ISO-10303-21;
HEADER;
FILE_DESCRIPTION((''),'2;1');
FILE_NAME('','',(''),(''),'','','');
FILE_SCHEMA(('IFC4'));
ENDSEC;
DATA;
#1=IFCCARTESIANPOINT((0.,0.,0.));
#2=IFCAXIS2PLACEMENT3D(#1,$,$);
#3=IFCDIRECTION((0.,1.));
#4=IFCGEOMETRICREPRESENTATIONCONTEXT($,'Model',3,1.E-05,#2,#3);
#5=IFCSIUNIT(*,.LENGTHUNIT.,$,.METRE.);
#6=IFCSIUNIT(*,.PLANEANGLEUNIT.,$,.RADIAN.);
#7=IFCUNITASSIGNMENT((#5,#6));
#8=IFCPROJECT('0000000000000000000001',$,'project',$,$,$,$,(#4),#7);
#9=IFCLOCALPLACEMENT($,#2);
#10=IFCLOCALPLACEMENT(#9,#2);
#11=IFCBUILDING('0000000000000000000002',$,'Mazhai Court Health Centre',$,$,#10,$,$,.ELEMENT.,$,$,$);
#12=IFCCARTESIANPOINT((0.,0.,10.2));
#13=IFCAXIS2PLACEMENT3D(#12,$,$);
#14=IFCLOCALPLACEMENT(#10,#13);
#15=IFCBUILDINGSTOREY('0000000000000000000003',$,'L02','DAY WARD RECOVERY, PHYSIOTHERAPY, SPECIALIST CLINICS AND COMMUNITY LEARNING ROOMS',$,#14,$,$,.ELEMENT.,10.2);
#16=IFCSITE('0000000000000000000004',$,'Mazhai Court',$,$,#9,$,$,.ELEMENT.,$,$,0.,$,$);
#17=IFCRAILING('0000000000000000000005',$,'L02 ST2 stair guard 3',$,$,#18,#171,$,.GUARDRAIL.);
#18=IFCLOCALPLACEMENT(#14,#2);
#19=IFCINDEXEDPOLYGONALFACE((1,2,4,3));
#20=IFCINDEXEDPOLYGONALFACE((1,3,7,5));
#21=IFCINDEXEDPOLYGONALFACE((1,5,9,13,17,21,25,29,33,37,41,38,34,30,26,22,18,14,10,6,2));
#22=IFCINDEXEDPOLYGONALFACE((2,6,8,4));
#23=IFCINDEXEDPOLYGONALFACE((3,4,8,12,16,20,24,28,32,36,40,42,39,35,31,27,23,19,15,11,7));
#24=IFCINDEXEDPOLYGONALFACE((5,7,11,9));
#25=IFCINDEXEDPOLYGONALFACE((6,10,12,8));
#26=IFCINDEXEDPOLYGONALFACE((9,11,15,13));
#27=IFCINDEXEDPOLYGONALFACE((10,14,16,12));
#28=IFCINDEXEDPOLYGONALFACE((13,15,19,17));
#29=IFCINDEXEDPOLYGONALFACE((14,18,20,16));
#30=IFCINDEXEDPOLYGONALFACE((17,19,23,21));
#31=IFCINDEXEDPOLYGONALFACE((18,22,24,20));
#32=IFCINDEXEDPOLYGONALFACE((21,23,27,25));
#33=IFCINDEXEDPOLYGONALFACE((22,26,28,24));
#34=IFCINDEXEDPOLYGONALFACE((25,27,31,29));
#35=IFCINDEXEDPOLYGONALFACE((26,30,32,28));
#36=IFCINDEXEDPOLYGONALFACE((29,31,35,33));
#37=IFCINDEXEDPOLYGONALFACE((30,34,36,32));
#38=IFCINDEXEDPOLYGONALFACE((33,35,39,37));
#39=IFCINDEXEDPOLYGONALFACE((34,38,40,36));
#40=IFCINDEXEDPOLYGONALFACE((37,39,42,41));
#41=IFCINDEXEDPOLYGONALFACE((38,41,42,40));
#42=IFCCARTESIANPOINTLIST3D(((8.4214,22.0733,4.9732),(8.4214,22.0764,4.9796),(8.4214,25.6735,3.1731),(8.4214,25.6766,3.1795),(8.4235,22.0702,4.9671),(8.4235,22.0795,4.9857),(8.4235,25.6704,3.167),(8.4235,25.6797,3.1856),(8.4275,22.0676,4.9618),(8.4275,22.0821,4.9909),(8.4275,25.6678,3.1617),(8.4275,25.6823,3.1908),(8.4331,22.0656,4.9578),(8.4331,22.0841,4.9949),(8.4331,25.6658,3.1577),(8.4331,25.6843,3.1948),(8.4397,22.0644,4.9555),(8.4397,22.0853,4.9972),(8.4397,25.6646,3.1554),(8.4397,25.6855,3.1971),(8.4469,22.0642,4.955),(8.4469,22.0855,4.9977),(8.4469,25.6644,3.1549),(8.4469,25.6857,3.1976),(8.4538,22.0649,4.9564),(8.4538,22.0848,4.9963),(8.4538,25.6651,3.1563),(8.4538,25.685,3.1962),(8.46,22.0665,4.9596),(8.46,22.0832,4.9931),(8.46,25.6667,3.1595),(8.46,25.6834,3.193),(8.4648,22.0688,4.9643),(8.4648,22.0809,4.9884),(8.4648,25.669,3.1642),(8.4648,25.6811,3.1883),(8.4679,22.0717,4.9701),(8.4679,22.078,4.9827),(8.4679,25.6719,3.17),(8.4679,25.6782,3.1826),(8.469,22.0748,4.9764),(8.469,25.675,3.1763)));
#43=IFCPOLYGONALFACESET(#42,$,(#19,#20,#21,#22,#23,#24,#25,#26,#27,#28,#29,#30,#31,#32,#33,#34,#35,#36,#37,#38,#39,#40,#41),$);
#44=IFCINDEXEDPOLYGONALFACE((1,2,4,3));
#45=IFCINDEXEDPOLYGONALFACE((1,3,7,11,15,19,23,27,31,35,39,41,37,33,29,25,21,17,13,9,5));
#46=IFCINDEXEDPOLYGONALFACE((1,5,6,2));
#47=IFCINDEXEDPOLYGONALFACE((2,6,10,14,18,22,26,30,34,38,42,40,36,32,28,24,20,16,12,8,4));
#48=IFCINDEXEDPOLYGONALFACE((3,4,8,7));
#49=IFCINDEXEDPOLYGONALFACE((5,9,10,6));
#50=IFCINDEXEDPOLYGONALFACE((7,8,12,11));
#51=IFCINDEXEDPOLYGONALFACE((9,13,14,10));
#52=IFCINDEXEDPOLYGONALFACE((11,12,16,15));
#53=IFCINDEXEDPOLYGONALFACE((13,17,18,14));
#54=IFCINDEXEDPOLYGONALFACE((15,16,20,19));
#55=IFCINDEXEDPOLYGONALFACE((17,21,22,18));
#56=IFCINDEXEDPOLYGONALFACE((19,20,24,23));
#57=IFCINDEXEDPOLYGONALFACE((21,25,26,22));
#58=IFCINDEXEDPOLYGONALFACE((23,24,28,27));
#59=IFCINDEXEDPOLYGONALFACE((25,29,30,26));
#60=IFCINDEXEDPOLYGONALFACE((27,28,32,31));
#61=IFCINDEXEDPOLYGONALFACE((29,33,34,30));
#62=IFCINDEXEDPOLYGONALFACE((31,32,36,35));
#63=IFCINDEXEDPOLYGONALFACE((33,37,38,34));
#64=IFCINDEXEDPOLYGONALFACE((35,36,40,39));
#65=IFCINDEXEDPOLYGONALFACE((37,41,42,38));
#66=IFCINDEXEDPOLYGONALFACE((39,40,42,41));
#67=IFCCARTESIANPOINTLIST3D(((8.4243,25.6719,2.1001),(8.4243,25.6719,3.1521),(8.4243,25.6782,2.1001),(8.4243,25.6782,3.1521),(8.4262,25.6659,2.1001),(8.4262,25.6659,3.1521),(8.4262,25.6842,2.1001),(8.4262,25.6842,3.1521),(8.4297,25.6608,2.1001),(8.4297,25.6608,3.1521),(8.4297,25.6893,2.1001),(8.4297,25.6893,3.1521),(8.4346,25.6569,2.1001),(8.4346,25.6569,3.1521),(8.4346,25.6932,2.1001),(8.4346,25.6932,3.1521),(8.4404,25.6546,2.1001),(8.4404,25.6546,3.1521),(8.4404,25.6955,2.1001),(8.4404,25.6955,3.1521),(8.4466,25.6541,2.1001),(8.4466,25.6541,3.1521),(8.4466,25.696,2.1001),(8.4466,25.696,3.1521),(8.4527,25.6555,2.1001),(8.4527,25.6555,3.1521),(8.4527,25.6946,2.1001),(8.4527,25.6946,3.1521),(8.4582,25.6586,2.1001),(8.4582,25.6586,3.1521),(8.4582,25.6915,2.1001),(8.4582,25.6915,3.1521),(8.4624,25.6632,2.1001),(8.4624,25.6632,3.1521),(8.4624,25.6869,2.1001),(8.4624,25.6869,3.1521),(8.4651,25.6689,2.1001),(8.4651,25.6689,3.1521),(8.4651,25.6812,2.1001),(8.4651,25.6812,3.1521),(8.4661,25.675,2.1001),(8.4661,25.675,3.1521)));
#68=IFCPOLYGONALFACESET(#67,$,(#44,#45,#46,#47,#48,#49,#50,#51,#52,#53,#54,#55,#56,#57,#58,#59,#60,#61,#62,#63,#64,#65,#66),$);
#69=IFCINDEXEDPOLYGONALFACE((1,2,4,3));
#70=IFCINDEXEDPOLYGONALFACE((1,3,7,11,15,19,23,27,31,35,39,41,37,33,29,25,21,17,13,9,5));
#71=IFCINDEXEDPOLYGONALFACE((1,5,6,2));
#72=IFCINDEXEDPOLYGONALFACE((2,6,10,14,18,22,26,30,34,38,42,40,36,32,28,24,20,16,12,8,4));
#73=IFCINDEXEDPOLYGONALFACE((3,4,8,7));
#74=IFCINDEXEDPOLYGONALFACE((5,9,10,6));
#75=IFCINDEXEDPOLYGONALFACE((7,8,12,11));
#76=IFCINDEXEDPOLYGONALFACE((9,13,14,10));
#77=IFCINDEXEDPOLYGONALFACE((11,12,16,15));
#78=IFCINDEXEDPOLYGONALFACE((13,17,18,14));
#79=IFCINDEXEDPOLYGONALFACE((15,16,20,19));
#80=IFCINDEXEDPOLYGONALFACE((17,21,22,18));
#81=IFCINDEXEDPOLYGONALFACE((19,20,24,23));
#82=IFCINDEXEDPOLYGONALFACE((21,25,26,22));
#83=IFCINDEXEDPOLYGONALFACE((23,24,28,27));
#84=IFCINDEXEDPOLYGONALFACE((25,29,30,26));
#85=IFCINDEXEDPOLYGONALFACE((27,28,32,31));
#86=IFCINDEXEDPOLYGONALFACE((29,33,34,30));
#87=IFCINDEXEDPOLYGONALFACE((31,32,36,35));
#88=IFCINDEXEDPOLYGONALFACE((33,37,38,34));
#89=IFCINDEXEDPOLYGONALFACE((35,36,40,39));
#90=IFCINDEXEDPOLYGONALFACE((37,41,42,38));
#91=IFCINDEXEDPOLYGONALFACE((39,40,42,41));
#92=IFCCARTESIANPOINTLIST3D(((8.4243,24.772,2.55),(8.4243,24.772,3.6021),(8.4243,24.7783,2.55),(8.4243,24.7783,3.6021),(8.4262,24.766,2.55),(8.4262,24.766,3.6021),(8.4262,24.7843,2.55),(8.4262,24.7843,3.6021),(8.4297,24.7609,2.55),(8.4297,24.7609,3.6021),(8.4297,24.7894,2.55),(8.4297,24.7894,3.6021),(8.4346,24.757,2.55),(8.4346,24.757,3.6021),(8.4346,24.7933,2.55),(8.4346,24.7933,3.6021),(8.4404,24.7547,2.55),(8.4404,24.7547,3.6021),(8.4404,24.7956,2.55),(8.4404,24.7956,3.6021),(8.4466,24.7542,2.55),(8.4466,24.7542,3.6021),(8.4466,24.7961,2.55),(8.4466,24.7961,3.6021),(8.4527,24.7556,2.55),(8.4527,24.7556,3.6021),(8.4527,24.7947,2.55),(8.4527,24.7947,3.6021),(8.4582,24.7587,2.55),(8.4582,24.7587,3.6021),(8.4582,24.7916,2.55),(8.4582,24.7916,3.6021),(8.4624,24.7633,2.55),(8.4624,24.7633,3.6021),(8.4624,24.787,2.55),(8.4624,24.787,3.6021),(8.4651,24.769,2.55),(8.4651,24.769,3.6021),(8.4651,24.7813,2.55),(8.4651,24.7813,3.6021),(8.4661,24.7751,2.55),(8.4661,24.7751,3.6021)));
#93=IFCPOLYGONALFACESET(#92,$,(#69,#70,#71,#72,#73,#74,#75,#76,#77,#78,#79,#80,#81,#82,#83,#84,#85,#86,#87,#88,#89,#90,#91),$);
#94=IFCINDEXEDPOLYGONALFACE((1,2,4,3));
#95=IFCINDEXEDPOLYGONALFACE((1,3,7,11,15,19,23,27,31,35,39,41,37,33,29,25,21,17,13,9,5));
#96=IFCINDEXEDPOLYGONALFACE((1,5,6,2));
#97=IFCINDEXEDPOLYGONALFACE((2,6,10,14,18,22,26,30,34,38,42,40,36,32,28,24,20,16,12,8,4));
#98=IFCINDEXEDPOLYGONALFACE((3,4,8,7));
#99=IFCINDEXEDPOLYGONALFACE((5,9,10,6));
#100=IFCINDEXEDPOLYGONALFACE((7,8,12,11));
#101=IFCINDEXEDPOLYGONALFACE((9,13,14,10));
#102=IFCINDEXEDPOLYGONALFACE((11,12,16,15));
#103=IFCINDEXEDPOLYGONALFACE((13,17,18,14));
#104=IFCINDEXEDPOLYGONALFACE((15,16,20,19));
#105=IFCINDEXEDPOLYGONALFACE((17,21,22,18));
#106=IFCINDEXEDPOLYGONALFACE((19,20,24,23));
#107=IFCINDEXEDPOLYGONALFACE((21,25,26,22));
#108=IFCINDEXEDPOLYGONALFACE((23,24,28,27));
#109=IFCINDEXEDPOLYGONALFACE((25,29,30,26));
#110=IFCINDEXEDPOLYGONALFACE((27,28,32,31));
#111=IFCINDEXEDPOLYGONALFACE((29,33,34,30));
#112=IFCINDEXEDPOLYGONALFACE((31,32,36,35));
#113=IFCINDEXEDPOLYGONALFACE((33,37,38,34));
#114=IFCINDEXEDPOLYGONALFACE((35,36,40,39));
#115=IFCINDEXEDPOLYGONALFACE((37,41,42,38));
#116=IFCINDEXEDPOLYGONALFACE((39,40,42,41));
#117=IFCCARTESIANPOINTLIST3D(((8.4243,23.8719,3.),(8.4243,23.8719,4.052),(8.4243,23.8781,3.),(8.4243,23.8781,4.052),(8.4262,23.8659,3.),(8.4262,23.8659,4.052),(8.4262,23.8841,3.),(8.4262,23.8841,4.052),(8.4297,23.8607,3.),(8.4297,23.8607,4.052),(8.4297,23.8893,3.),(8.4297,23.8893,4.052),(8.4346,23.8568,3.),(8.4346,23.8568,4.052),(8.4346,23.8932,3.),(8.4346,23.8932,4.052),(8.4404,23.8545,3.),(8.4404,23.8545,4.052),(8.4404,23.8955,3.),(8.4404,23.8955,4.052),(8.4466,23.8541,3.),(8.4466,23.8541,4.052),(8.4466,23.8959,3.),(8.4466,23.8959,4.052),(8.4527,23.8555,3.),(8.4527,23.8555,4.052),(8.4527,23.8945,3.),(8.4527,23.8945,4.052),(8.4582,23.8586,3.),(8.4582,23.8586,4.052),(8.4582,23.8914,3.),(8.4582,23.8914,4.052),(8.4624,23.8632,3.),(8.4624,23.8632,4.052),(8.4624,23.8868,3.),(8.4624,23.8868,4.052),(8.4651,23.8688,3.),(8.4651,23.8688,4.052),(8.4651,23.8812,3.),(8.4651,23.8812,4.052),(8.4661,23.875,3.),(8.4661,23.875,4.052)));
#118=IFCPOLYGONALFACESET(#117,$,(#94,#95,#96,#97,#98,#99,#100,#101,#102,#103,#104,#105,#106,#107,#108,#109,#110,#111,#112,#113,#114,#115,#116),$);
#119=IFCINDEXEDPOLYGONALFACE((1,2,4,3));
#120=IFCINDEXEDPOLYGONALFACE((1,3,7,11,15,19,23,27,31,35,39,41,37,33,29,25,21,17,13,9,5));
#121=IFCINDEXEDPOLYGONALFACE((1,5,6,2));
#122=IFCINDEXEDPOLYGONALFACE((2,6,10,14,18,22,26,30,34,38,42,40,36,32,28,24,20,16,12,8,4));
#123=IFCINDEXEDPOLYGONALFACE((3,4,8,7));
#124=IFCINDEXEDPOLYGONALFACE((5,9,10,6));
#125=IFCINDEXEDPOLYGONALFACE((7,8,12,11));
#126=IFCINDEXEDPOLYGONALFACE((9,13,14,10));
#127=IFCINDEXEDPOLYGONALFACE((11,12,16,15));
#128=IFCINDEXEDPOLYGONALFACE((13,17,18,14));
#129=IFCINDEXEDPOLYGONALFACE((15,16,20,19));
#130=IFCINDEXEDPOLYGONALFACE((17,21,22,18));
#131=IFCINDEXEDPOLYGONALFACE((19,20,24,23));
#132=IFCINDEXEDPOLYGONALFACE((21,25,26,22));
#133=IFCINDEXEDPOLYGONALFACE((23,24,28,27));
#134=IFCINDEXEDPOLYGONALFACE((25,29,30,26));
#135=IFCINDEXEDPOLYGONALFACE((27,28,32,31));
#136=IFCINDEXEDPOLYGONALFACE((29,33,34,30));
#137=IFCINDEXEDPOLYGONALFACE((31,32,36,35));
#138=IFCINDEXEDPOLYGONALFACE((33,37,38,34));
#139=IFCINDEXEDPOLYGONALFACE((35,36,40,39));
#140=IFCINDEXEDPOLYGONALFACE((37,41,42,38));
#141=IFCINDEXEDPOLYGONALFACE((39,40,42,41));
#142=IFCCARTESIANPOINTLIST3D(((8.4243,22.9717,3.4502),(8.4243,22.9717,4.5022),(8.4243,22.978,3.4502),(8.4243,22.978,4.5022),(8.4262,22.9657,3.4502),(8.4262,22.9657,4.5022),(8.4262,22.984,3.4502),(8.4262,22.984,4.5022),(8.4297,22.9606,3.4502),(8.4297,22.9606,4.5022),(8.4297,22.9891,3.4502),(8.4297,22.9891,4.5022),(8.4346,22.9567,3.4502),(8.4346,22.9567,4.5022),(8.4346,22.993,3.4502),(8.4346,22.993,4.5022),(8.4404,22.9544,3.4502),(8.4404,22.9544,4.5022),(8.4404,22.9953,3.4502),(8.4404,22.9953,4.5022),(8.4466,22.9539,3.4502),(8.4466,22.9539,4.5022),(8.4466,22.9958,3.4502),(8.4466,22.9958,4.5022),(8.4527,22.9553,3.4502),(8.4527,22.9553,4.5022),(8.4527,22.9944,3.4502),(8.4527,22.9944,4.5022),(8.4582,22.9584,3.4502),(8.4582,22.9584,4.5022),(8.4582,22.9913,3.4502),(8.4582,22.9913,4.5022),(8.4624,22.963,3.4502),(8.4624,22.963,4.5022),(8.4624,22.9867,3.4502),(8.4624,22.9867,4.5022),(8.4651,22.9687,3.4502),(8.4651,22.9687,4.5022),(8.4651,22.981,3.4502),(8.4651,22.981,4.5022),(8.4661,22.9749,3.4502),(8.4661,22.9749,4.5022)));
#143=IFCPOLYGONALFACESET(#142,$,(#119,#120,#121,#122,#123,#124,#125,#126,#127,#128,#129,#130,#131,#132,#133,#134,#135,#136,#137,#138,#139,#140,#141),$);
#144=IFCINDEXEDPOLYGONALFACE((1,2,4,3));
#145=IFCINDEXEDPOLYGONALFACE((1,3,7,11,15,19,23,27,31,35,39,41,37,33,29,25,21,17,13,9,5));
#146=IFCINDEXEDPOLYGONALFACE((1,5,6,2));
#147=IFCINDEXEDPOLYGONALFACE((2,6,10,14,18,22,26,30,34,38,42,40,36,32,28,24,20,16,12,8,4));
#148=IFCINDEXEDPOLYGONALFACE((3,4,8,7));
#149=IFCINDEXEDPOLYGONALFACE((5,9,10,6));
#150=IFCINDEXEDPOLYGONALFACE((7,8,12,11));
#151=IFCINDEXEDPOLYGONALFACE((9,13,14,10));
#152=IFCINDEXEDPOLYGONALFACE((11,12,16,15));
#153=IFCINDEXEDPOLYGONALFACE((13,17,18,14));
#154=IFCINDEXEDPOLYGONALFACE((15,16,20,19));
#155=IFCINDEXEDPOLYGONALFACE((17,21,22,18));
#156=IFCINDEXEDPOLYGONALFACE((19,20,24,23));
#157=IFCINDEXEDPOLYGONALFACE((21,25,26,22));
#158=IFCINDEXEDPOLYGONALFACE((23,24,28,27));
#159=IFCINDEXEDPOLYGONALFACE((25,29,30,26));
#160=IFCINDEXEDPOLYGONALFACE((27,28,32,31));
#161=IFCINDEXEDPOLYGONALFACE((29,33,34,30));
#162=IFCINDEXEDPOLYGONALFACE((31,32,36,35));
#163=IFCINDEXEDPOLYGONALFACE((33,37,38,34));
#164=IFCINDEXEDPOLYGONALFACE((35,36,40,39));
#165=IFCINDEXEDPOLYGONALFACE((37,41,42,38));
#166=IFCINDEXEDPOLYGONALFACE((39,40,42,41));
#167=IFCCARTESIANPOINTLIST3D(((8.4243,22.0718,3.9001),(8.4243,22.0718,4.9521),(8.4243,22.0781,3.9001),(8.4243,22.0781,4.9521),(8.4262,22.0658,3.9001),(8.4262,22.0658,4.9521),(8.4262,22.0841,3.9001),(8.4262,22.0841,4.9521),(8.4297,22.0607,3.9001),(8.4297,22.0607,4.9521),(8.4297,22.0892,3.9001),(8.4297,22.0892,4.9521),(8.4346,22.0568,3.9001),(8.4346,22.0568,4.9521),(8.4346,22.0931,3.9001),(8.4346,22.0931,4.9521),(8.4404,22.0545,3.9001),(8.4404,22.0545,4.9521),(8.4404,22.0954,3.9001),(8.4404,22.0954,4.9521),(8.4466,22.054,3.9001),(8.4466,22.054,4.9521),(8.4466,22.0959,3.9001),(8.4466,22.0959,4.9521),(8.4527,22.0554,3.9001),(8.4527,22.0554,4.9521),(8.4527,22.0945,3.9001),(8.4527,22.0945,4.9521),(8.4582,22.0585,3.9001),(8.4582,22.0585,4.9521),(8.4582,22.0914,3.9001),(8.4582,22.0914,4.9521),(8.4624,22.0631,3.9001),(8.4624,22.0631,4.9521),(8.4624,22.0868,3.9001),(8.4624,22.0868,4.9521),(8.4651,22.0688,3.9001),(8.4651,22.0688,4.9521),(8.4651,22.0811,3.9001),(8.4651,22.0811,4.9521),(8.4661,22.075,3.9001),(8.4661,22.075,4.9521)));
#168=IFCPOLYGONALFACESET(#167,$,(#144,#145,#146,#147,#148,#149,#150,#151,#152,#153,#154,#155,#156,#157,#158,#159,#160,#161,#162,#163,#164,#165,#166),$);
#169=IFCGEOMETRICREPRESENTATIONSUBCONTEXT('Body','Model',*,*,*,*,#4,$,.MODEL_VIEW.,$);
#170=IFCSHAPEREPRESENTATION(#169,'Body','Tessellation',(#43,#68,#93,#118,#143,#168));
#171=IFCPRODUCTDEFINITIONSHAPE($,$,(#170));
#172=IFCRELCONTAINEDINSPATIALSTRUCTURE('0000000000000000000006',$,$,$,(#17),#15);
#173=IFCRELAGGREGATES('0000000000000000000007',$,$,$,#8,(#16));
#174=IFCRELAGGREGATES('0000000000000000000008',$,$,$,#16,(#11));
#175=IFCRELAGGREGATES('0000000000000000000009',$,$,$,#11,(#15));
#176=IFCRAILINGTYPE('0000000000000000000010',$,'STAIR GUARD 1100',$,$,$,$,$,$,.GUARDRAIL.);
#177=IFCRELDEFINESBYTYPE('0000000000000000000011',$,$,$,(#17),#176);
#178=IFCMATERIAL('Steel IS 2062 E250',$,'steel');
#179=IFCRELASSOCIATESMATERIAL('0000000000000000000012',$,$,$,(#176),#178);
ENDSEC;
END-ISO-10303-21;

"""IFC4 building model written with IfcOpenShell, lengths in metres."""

from ifc_helpers import new_model, si_unit, direction, frame, origin, origin_2d, place, context, subcontext, project, spatial, circle, extrude, material, type_object, element, save


model = new_model("IFC4")

# Units and contexts
model_context = context("Model", 3, precision=1e-05, world=origin(), true_north=direction((0.0, 1.0)))
body_context = subcontext(model_context, "Body", "Model", "MODEL_VIEW")
ifc_project = project(units=[si_unit("LENGTHUNIT", "METRE"), si_unit("PLANEANGLEUNIT", "RADIAN")], contexts=[model_context])

# Site, building, storey
site_placement = place(None, origin())
site = spatial("IfcSite", under=ifc_project, at=site_placement, Name="Mazhai Court", CompositionType="ELEMENT", RefElevation=0.0)
building_placement = place(site_placement, origin())
building = spatial("IfcBuilding", under=site, at=building_placement, Name="Mazhai Court Health Centre", CompositionType="ELEMENT")
storey_placement = place(building_placement, frame((0.0, 0.0, 10.2)))
storey = spatial("IfcBuildingStorey", under=building, at=storey_placement, Name="L02", Description="DAY WARD RECOVERY, PHYSIOTHERAPY, SPECIALIST CLINICS AND COMMUNITY LEARNING ROOMS", CompositionType="ELEMENT", Elevation=10.2)

# Railing
ifc_material_1 = material(Name="Steel IS 2062 E250", Category="steel")
railing_type_1 = type_object("IfcRailingType", Name="STAIR GUARD 1100", PredefinedType="GUARDRAIL", material=ifc_material_1)
railing_1_placement = place(storey_placement, frame((8.4451, 25.675, 2.1001)))
element("IfcRailing", 1, at=railing_1_placement, inside=storey, type_object=railing_type_1, Name="L02 ST2 stair guard 3", PredefinedType="GUARDRAIL", context=body_context, shape_type="SweptSolid", body=[
    extrude(circle(Radius=0.0239, at=origin_2d()), frame((0.0, 0.0, 1.0762), z_axis=(0.0, -0.894427, 0.447214), x_axis=(1.0, 0.0, 0.0)), (0.0, 0.0, 1.0), 4.0251),
    extrude(circle(Radius=0.021, at=origin_2d()), origin(), (0.0, 0.0, 1.0), 1.052),
    extrude(circle(Radius=0.021, at=origin_2d()), frame((0.0, -0.8999, 0.45)), (0.0, 0.0, 1.0), 1.052),
    extrude(circle(Radius=0.021, at=origin_2d()), frame((0.0, -1.8, 0.8999)), (0.0, 0.0, 1.0), 1.052),
    extrude(circle(Radius=0.021, at=origin_2d()), frame((0.0, -2.7002, 1.3501)), (0.0, 0.0, 1.0), 1.052),
    extrude(circle(Radius=0.021, at=origin_2d()), frame((0.0, -3.6001, 1.8)), (0.0, 0.0, 1.0), 1.052),
])

save(model, "model.ifc")
